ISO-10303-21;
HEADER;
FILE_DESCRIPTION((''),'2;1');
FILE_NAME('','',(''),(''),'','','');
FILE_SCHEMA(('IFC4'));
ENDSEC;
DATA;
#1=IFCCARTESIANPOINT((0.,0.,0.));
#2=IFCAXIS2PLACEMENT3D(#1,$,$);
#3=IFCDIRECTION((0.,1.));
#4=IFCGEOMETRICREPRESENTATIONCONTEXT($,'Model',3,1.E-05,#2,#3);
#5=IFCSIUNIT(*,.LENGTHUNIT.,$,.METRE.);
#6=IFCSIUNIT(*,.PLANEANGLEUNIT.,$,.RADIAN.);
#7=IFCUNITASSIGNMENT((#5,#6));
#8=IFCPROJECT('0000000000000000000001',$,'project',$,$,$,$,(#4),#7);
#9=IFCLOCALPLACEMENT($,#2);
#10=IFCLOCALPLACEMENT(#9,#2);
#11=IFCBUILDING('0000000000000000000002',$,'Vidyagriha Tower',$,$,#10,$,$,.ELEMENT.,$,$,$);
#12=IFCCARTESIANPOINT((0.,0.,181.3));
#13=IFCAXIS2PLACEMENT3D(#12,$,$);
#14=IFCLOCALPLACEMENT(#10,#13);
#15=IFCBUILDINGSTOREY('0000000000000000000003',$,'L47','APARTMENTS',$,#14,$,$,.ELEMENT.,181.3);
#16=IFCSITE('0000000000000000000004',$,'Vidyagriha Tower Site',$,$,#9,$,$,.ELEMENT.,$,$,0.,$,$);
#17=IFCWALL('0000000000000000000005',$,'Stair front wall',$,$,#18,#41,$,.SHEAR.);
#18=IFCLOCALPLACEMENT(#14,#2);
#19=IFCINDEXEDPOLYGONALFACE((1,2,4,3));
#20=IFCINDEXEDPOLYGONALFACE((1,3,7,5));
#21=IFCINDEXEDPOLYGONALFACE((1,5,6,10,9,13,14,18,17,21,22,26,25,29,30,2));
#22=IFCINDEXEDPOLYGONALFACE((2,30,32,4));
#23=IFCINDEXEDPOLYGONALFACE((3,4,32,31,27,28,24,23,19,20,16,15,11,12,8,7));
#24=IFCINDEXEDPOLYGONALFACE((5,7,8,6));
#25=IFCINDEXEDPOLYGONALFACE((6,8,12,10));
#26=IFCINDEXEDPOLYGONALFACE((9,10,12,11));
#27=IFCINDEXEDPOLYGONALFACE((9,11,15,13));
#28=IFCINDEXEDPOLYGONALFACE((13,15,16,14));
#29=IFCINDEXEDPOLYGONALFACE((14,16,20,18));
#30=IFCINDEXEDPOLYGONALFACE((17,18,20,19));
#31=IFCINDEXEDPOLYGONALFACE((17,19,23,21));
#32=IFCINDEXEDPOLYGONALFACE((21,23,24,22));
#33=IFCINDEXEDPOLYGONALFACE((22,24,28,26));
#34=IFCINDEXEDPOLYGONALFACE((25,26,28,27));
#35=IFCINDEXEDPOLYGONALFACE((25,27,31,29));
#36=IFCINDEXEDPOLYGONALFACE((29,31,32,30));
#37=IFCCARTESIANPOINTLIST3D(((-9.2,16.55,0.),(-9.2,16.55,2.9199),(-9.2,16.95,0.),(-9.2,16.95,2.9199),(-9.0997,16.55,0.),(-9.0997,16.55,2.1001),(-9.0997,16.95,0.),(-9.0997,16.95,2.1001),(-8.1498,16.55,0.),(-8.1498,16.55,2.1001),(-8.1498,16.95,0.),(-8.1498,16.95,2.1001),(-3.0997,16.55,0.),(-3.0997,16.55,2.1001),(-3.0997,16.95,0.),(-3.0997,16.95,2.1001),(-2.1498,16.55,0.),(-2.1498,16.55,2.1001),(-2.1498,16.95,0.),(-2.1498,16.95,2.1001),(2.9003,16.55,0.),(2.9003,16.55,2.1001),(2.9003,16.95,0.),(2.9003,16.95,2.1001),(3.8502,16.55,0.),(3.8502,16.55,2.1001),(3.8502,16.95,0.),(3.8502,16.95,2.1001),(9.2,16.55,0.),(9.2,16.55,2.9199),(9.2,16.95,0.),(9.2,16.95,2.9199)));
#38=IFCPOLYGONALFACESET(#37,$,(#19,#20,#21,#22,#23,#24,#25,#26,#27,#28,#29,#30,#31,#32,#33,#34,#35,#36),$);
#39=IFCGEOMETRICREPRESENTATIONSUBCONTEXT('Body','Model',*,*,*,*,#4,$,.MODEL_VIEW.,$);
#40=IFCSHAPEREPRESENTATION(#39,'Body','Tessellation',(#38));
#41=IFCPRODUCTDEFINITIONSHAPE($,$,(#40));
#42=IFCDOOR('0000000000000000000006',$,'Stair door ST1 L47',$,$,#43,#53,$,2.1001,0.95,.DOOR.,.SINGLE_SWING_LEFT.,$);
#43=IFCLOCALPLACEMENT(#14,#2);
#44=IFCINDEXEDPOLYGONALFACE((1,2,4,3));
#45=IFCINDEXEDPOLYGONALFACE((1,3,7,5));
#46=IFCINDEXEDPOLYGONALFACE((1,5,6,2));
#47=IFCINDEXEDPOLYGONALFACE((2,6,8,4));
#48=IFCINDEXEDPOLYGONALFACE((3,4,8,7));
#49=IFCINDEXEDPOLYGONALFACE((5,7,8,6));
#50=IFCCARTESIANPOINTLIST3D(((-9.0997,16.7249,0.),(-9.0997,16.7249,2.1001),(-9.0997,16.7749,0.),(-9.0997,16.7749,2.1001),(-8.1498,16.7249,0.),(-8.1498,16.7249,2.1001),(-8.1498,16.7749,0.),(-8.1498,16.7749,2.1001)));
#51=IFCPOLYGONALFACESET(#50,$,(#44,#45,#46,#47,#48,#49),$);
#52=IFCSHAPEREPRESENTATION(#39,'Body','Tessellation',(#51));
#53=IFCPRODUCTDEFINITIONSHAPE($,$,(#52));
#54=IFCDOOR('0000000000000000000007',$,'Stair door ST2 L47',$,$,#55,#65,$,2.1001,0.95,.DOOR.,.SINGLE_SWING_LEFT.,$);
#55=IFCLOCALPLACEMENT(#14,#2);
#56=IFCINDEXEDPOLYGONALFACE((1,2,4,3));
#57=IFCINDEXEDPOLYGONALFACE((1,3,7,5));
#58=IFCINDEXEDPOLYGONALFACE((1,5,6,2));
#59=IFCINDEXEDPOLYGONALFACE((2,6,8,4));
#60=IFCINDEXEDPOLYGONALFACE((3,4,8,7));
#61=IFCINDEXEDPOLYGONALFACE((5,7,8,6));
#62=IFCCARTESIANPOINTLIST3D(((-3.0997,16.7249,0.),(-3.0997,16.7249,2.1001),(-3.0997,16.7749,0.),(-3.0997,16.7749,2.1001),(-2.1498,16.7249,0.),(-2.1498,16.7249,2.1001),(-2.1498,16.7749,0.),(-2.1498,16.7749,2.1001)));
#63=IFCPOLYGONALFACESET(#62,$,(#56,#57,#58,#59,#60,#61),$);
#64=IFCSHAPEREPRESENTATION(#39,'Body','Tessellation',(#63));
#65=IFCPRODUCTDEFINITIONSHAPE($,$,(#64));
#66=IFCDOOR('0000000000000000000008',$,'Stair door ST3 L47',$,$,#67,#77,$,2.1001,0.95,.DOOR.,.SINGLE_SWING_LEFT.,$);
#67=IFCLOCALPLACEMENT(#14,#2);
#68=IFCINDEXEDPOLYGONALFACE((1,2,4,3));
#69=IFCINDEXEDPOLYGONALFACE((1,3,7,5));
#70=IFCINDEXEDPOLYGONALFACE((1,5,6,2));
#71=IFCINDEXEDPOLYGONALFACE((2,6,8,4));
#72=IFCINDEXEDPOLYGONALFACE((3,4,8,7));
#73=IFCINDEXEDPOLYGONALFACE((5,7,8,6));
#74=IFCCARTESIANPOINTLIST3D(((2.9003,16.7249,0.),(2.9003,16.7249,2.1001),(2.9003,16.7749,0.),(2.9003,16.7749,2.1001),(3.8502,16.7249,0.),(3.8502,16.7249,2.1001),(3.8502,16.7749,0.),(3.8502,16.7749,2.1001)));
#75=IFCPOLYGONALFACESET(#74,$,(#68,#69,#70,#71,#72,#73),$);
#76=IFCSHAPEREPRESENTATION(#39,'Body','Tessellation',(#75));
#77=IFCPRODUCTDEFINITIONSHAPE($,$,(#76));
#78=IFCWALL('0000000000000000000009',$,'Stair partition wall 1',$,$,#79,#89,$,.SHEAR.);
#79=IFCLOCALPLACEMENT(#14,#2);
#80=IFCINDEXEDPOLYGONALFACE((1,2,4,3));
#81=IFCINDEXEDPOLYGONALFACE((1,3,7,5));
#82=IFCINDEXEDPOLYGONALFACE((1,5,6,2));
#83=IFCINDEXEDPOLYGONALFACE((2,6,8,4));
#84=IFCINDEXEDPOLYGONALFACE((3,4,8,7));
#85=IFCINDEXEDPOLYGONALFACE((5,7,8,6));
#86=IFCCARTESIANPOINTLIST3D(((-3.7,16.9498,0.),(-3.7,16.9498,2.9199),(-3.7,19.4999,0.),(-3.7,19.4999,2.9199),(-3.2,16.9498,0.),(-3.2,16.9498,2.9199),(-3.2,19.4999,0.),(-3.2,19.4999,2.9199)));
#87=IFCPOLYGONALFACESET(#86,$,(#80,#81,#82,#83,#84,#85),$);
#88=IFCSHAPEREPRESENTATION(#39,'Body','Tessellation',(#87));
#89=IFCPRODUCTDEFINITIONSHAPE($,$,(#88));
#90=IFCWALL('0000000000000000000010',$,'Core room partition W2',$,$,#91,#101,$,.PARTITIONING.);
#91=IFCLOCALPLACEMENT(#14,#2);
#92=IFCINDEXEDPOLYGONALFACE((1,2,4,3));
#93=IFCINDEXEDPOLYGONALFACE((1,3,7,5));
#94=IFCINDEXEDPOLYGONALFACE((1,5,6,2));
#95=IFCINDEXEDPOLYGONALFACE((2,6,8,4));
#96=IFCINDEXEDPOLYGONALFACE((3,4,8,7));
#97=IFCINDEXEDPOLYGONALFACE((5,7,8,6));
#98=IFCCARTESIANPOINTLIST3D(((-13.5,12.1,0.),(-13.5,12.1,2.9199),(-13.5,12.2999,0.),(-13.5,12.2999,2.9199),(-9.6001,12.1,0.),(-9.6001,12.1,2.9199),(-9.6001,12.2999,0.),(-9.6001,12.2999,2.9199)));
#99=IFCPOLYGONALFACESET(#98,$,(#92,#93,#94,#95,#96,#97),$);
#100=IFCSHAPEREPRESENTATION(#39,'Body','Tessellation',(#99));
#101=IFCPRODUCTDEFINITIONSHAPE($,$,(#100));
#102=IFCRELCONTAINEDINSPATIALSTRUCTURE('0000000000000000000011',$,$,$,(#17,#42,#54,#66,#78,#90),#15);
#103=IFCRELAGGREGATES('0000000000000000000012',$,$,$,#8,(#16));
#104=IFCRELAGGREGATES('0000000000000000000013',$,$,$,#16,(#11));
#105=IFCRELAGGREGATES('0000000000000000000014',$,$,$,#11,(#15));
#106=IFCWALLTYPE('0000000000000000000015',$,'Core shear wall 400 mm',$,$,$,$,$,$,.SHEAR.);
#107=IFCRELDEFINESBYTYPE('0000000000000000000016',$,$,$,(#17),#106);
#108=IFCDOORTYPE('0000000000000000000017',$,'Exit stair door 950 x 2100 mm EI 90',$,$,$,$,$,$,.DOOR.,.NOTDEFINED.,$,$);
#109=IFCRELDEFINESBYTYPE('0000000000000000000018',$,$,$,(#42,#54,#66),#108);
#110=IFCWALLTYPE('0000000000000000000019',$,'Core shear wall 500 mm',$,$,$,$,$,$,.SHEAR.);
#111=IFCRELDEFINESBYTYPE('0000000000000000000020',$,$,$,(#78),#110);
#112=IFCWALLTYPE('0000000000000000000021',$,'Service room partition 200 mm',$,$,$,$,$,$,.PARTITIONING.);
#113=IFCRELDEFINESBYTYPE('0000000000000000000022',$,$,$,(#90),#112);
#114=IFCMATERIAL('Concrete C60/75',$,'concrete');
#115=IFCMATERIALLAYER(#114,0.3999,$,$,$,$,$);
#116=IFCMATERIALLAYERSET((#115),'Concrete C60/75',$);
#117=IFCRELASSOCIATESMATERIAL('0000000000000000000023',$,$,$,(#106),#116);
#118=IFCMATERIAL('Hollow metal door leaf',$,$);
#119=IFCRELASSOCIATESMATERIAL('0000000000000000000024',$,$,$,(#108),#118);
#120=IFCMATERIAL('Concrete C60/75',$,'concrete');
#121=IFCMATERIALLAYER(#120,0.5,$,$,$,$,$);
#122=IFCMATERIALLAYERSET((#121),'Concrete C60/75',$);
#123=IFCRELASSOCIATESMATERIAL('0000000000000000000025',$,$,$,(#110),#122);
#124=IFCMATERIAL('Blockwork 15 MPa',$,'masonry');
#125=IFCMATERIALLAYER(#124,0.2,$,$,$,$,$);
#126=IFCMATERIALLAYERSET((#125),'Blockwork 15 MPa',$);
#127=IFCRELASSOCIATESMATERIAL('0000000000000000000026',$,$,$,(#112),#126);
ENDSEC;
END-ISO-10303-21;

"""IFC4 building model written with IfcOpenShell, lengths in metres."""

from ifc_helpers import new_model, si_unit, direction, frame, frame_2d, origin, place, context, subcontext, project, spatial, rectangle, extrude, material, layer, layer_set, type_object, element, fill, save


model = new_model("IFC4")

# Units and contexts
model_context = context("Model", 3, precision=1e-05, world=origin(), true_north=direction((0.0, 1.0)))
body_context = subcontext(model_context, "Body", "Model", "MODEL_VIEW")
ifc_project = project(units=[si_unit("LENGTHUNIT", "METRE"), si_unit("PLANEANGLEUNIT", "RADIAN")], contexts=[model_context])

# Site, building, storey
site_placement = place(None, origin())
site = spatial("IfcSite", under=ifc_project, at=site_placement, Name="Vidyagriha Tower Site", CompositionType="ELEMENT", RefElevation=0.0)
building_placement = place(site_placement, origin())
building = spatial("IfcBuilding", under=site, at=building_placement, Name="Vidyagriha Tower", CompositionType="ELEMENT")
storey_placement = place(building_placement, frame((0.0, 0.0, 181.3)))
storey = spatial("IfcBuildingStorey", under=building, at=storey_placement, Name="L47", Description="APARTMENTS", CompositionType="ELEMENT", Elevation=181.3)

# Shared definitions
ifc_material_1 = material(Name="Concrete C60/75", Category="concrete")
ifc_layer_1 = layer(ifc_material_1, 0.3999)
ifc_layer_set_1 = layer_set([ifc_layer_1], Name="Concrete C60/75")
wall_type_1 = type_object("IfcWallType", Name="Core shear wall 400 mm", PredefinedType="SHEAR", material=ifc_layer_set_1)

# Wall, openings, doors
wall_1_placement = place(storey_placement, frame((-9.2, 16.75, 0.0)))
wall_1 = element("IfcWall", 1, at=wall_1_placement, inside=storey, type_object=wall_type_1, Name="Stair front wall", PredefinedType="SHEAR", context=body_context, shape_type="SweptSolid", body=[
    extrude(rectangle(XDim=18.3999, YDim=0.3999, at=frame_2d((9.2, 0.0))), origin(), (0.0, 0.0, 1.0), 2.9199),
])
opening_1_placement = place(wall_1_placement, frame((0.1001, 0.0, 0.0)))
opening_1 = element("IfcOpeningElement", 2, at=opening_1_placement, cuts=wall_1, PredefinedType="OPENING", context=body_context, shape_type="SweptSolid", body=[
    extrude(rectangle(XDim=0.95, YDim=2.1001, at=frame_2d((0.4751, 1.05))), frame((0.0, 0.21, 0.0), z_axis=(0.0, -1.0, 0.0), x_axis=(1.0, 0.0, 0.0)), (0.0, 0.0, 1.0), 0.4199),
])
opening_2_placement = place(wall_1_placement, frame((6.1001, 0.0, 0.0)))
opening_2 = element("IfcOpeningElement", 3, at=opening_2_placement, cuts=wall_1, PredefinedType="OPENING", context=body_context, shape_type="SweptSolid", body=[
    extrude(rectangle(XDim=0.95, YDim=2.1001, at=frame_2d((0.4751, 1.05))), frame((0.0, 0.21, 0.0), z_axis=(0.0, -1.0, 0.0), x_axis=(1.0, 0.0, 0.0)), (0.0, 0.0, 1.0), 0.4199),
])
opening_3_placement = place(wall_1_placement, frame((12.1001, 0.0, 0.0)))
opening_3 = element("IfcOpeningElement", 4, at=opening_3_placement, cuts=wall_1, PredefinedType="OPENING", context=body_context, shape_type="SweptSolid", body=[
    extrude(rectangle(XDim=0.95, YDim=2.1001, at=frame_2d((0.4751, 1.05))), frame((0.0, 0.21, 0.0), z_axis=(0.0, -1.0, 0.0), x_axis=(1.0, 0.0, 0.0)), (0.0, 0.0, 1.0), 0.4199),
])
ifc_material_2 = material(Name="Hollow metal door leaf")
door_type_1 = type_object("IfcDoorType", Name="Exit stair door 950 x 2100 mm EI 90", OperationType="NOTDEFINED", PredefinedType="DOOR", material=ifc_material_2)
door_1_placement = place(opening_1_placement, origin())
door_1 = element("IfcDoor", 5, at=door_1_placement, inside=storey, type_object=door_type_1, Name="Stair door ST1 L47", OperationType="SINGLE_SWING_LEFT", OverallHeight=2.1001, OverallWidth=0.95, PredefinedType="DOOR", context=body_context, shape_type="SweptSolid", body=[
    extrude(rectangle(XDim=0.95, YDim=2.1001, at=frame_2d((0.4751, 1.05))), frame((0.0, 0.0249, 0.0), z_axis=(0.0, -1.0, 0.0), x_axis=(1.0, 0.0, 0.0)), (0.0, 0.0, 1.0), 0.05),
])
fill(opening_1, door_1)
door_2_placement = place(opening_2_placement, origin())
door_2 = element("IfcDoor", 6, at=door_2_placement, inside=storey, type_object=door_type_1, Name="Stair door ST2 L47", OperationType="SINGLE_SWING_LEFT", OverallHeight=2.1001, OverallWidth=0.95, PredefinedType="DOOR", context=body_context, shape_type="SweptSolid", body=[
    extrude(rectangle(XDim=0.95, YDim=2.1001, at=frame_2d((0.4751, 1.05))), frame((0.0, 0.0249, 0.0), z_axis=(0.0, -1.0, 0.0), x_axis=(1.0, 0.0, 0.0)), (0.0, 0.0, 1.0), 0.05),
])
fill(opening_2, door_2)
door_3_placement = place(opening_3_placement, origin())
door_3 = element("IfcDoor", 7, at=door_3_placement, inside=storey, type_object=door_type_1, Name="Stair door ST3 L47", OperationType="SINGLE_SWING_LEFT", OverallHeight=2.1001, OverallWidth=0.95, PredefinedType="DOOR", context=body_context, shape_type="SweptSolid", body=[
    extrude(rectangle(XDim=0.95, YDim=2.1001, at=frame_2d((0.4751, 1.05))), frame((0.0, 0.0249, 0.0), z_axis=(0.0, -1.0, 0.0), x_axis=(1.0, 0.0, 0.0)), (0.0, 0.0, 1.0), 0.05),
])
fill(opening_3, door_3)

# Walls
ifc_material_3 = material(Name="Concrete C60/75", Category="concrete")
ifc_layer_2 = layer(ifc_material_3, 0.5)
ifc_layer_set_2 = layer_set([ifc_layer_2], Name="Concrete C60/75")
wall_type_2 = type_object("IfcWallType", Name="Core shear wall 500 mm", PredefinedType="SHEAR", material=ifc_layer_set_2)
wall_2_placement = place(storey_placement, frame((-3.45, 16.95, 0.0), z_axis=(0.0, 0.0, 1.0), x_axis=(0.0, 1.0, 0.0)))
element("IfcWall", 8, at=wall_2_placement, inside=storey, type_object=wall_type_2, Name="Stair partition wall 1", PredefinedType="SHEAR", context=body_context, shape_type="SweptSolid", body=[
    extrude(rectangle(XDim=2.55, YDim=0.5, at=frame_2d((1.2749, 0.0))), origin(), (0.0, 0.0, 1.0), 2.9199),
])
ifc_material_4 = material(Name="Blockwork 15 MPa", Category="masonry")
ifc_layer_3 = layer(ifc_material_4, 0.2)
ifc_layer_set_3 = layer_set([ifc_layer_3], Name="Blockwork 15 MPa")
wall_type_3 = type_object("IfcWallType", Name="Service room partition 200 mm", PredefinedType="PARTITIONING", material=ifc_layer_set_3)
wall_3_placement = place(storey_placement, frame((-13.5, 12.2, 0.0)))
element("IfcWall", 9, at=wall_3_placement, inside=storey, type_object=wall_type_3, Name="Core room partition W2", PredefinedType="PARTITIONING", context=body_context, shape_type="SweptSolid", body=[
    extrude(rectangle(XDim=3.8999, YDim=0.2, at=frame_2d((1.95, 0.0))), origin(), (0.0, 0.0, 1.0), 2.9199),
])

save(model, "model.ifc")
